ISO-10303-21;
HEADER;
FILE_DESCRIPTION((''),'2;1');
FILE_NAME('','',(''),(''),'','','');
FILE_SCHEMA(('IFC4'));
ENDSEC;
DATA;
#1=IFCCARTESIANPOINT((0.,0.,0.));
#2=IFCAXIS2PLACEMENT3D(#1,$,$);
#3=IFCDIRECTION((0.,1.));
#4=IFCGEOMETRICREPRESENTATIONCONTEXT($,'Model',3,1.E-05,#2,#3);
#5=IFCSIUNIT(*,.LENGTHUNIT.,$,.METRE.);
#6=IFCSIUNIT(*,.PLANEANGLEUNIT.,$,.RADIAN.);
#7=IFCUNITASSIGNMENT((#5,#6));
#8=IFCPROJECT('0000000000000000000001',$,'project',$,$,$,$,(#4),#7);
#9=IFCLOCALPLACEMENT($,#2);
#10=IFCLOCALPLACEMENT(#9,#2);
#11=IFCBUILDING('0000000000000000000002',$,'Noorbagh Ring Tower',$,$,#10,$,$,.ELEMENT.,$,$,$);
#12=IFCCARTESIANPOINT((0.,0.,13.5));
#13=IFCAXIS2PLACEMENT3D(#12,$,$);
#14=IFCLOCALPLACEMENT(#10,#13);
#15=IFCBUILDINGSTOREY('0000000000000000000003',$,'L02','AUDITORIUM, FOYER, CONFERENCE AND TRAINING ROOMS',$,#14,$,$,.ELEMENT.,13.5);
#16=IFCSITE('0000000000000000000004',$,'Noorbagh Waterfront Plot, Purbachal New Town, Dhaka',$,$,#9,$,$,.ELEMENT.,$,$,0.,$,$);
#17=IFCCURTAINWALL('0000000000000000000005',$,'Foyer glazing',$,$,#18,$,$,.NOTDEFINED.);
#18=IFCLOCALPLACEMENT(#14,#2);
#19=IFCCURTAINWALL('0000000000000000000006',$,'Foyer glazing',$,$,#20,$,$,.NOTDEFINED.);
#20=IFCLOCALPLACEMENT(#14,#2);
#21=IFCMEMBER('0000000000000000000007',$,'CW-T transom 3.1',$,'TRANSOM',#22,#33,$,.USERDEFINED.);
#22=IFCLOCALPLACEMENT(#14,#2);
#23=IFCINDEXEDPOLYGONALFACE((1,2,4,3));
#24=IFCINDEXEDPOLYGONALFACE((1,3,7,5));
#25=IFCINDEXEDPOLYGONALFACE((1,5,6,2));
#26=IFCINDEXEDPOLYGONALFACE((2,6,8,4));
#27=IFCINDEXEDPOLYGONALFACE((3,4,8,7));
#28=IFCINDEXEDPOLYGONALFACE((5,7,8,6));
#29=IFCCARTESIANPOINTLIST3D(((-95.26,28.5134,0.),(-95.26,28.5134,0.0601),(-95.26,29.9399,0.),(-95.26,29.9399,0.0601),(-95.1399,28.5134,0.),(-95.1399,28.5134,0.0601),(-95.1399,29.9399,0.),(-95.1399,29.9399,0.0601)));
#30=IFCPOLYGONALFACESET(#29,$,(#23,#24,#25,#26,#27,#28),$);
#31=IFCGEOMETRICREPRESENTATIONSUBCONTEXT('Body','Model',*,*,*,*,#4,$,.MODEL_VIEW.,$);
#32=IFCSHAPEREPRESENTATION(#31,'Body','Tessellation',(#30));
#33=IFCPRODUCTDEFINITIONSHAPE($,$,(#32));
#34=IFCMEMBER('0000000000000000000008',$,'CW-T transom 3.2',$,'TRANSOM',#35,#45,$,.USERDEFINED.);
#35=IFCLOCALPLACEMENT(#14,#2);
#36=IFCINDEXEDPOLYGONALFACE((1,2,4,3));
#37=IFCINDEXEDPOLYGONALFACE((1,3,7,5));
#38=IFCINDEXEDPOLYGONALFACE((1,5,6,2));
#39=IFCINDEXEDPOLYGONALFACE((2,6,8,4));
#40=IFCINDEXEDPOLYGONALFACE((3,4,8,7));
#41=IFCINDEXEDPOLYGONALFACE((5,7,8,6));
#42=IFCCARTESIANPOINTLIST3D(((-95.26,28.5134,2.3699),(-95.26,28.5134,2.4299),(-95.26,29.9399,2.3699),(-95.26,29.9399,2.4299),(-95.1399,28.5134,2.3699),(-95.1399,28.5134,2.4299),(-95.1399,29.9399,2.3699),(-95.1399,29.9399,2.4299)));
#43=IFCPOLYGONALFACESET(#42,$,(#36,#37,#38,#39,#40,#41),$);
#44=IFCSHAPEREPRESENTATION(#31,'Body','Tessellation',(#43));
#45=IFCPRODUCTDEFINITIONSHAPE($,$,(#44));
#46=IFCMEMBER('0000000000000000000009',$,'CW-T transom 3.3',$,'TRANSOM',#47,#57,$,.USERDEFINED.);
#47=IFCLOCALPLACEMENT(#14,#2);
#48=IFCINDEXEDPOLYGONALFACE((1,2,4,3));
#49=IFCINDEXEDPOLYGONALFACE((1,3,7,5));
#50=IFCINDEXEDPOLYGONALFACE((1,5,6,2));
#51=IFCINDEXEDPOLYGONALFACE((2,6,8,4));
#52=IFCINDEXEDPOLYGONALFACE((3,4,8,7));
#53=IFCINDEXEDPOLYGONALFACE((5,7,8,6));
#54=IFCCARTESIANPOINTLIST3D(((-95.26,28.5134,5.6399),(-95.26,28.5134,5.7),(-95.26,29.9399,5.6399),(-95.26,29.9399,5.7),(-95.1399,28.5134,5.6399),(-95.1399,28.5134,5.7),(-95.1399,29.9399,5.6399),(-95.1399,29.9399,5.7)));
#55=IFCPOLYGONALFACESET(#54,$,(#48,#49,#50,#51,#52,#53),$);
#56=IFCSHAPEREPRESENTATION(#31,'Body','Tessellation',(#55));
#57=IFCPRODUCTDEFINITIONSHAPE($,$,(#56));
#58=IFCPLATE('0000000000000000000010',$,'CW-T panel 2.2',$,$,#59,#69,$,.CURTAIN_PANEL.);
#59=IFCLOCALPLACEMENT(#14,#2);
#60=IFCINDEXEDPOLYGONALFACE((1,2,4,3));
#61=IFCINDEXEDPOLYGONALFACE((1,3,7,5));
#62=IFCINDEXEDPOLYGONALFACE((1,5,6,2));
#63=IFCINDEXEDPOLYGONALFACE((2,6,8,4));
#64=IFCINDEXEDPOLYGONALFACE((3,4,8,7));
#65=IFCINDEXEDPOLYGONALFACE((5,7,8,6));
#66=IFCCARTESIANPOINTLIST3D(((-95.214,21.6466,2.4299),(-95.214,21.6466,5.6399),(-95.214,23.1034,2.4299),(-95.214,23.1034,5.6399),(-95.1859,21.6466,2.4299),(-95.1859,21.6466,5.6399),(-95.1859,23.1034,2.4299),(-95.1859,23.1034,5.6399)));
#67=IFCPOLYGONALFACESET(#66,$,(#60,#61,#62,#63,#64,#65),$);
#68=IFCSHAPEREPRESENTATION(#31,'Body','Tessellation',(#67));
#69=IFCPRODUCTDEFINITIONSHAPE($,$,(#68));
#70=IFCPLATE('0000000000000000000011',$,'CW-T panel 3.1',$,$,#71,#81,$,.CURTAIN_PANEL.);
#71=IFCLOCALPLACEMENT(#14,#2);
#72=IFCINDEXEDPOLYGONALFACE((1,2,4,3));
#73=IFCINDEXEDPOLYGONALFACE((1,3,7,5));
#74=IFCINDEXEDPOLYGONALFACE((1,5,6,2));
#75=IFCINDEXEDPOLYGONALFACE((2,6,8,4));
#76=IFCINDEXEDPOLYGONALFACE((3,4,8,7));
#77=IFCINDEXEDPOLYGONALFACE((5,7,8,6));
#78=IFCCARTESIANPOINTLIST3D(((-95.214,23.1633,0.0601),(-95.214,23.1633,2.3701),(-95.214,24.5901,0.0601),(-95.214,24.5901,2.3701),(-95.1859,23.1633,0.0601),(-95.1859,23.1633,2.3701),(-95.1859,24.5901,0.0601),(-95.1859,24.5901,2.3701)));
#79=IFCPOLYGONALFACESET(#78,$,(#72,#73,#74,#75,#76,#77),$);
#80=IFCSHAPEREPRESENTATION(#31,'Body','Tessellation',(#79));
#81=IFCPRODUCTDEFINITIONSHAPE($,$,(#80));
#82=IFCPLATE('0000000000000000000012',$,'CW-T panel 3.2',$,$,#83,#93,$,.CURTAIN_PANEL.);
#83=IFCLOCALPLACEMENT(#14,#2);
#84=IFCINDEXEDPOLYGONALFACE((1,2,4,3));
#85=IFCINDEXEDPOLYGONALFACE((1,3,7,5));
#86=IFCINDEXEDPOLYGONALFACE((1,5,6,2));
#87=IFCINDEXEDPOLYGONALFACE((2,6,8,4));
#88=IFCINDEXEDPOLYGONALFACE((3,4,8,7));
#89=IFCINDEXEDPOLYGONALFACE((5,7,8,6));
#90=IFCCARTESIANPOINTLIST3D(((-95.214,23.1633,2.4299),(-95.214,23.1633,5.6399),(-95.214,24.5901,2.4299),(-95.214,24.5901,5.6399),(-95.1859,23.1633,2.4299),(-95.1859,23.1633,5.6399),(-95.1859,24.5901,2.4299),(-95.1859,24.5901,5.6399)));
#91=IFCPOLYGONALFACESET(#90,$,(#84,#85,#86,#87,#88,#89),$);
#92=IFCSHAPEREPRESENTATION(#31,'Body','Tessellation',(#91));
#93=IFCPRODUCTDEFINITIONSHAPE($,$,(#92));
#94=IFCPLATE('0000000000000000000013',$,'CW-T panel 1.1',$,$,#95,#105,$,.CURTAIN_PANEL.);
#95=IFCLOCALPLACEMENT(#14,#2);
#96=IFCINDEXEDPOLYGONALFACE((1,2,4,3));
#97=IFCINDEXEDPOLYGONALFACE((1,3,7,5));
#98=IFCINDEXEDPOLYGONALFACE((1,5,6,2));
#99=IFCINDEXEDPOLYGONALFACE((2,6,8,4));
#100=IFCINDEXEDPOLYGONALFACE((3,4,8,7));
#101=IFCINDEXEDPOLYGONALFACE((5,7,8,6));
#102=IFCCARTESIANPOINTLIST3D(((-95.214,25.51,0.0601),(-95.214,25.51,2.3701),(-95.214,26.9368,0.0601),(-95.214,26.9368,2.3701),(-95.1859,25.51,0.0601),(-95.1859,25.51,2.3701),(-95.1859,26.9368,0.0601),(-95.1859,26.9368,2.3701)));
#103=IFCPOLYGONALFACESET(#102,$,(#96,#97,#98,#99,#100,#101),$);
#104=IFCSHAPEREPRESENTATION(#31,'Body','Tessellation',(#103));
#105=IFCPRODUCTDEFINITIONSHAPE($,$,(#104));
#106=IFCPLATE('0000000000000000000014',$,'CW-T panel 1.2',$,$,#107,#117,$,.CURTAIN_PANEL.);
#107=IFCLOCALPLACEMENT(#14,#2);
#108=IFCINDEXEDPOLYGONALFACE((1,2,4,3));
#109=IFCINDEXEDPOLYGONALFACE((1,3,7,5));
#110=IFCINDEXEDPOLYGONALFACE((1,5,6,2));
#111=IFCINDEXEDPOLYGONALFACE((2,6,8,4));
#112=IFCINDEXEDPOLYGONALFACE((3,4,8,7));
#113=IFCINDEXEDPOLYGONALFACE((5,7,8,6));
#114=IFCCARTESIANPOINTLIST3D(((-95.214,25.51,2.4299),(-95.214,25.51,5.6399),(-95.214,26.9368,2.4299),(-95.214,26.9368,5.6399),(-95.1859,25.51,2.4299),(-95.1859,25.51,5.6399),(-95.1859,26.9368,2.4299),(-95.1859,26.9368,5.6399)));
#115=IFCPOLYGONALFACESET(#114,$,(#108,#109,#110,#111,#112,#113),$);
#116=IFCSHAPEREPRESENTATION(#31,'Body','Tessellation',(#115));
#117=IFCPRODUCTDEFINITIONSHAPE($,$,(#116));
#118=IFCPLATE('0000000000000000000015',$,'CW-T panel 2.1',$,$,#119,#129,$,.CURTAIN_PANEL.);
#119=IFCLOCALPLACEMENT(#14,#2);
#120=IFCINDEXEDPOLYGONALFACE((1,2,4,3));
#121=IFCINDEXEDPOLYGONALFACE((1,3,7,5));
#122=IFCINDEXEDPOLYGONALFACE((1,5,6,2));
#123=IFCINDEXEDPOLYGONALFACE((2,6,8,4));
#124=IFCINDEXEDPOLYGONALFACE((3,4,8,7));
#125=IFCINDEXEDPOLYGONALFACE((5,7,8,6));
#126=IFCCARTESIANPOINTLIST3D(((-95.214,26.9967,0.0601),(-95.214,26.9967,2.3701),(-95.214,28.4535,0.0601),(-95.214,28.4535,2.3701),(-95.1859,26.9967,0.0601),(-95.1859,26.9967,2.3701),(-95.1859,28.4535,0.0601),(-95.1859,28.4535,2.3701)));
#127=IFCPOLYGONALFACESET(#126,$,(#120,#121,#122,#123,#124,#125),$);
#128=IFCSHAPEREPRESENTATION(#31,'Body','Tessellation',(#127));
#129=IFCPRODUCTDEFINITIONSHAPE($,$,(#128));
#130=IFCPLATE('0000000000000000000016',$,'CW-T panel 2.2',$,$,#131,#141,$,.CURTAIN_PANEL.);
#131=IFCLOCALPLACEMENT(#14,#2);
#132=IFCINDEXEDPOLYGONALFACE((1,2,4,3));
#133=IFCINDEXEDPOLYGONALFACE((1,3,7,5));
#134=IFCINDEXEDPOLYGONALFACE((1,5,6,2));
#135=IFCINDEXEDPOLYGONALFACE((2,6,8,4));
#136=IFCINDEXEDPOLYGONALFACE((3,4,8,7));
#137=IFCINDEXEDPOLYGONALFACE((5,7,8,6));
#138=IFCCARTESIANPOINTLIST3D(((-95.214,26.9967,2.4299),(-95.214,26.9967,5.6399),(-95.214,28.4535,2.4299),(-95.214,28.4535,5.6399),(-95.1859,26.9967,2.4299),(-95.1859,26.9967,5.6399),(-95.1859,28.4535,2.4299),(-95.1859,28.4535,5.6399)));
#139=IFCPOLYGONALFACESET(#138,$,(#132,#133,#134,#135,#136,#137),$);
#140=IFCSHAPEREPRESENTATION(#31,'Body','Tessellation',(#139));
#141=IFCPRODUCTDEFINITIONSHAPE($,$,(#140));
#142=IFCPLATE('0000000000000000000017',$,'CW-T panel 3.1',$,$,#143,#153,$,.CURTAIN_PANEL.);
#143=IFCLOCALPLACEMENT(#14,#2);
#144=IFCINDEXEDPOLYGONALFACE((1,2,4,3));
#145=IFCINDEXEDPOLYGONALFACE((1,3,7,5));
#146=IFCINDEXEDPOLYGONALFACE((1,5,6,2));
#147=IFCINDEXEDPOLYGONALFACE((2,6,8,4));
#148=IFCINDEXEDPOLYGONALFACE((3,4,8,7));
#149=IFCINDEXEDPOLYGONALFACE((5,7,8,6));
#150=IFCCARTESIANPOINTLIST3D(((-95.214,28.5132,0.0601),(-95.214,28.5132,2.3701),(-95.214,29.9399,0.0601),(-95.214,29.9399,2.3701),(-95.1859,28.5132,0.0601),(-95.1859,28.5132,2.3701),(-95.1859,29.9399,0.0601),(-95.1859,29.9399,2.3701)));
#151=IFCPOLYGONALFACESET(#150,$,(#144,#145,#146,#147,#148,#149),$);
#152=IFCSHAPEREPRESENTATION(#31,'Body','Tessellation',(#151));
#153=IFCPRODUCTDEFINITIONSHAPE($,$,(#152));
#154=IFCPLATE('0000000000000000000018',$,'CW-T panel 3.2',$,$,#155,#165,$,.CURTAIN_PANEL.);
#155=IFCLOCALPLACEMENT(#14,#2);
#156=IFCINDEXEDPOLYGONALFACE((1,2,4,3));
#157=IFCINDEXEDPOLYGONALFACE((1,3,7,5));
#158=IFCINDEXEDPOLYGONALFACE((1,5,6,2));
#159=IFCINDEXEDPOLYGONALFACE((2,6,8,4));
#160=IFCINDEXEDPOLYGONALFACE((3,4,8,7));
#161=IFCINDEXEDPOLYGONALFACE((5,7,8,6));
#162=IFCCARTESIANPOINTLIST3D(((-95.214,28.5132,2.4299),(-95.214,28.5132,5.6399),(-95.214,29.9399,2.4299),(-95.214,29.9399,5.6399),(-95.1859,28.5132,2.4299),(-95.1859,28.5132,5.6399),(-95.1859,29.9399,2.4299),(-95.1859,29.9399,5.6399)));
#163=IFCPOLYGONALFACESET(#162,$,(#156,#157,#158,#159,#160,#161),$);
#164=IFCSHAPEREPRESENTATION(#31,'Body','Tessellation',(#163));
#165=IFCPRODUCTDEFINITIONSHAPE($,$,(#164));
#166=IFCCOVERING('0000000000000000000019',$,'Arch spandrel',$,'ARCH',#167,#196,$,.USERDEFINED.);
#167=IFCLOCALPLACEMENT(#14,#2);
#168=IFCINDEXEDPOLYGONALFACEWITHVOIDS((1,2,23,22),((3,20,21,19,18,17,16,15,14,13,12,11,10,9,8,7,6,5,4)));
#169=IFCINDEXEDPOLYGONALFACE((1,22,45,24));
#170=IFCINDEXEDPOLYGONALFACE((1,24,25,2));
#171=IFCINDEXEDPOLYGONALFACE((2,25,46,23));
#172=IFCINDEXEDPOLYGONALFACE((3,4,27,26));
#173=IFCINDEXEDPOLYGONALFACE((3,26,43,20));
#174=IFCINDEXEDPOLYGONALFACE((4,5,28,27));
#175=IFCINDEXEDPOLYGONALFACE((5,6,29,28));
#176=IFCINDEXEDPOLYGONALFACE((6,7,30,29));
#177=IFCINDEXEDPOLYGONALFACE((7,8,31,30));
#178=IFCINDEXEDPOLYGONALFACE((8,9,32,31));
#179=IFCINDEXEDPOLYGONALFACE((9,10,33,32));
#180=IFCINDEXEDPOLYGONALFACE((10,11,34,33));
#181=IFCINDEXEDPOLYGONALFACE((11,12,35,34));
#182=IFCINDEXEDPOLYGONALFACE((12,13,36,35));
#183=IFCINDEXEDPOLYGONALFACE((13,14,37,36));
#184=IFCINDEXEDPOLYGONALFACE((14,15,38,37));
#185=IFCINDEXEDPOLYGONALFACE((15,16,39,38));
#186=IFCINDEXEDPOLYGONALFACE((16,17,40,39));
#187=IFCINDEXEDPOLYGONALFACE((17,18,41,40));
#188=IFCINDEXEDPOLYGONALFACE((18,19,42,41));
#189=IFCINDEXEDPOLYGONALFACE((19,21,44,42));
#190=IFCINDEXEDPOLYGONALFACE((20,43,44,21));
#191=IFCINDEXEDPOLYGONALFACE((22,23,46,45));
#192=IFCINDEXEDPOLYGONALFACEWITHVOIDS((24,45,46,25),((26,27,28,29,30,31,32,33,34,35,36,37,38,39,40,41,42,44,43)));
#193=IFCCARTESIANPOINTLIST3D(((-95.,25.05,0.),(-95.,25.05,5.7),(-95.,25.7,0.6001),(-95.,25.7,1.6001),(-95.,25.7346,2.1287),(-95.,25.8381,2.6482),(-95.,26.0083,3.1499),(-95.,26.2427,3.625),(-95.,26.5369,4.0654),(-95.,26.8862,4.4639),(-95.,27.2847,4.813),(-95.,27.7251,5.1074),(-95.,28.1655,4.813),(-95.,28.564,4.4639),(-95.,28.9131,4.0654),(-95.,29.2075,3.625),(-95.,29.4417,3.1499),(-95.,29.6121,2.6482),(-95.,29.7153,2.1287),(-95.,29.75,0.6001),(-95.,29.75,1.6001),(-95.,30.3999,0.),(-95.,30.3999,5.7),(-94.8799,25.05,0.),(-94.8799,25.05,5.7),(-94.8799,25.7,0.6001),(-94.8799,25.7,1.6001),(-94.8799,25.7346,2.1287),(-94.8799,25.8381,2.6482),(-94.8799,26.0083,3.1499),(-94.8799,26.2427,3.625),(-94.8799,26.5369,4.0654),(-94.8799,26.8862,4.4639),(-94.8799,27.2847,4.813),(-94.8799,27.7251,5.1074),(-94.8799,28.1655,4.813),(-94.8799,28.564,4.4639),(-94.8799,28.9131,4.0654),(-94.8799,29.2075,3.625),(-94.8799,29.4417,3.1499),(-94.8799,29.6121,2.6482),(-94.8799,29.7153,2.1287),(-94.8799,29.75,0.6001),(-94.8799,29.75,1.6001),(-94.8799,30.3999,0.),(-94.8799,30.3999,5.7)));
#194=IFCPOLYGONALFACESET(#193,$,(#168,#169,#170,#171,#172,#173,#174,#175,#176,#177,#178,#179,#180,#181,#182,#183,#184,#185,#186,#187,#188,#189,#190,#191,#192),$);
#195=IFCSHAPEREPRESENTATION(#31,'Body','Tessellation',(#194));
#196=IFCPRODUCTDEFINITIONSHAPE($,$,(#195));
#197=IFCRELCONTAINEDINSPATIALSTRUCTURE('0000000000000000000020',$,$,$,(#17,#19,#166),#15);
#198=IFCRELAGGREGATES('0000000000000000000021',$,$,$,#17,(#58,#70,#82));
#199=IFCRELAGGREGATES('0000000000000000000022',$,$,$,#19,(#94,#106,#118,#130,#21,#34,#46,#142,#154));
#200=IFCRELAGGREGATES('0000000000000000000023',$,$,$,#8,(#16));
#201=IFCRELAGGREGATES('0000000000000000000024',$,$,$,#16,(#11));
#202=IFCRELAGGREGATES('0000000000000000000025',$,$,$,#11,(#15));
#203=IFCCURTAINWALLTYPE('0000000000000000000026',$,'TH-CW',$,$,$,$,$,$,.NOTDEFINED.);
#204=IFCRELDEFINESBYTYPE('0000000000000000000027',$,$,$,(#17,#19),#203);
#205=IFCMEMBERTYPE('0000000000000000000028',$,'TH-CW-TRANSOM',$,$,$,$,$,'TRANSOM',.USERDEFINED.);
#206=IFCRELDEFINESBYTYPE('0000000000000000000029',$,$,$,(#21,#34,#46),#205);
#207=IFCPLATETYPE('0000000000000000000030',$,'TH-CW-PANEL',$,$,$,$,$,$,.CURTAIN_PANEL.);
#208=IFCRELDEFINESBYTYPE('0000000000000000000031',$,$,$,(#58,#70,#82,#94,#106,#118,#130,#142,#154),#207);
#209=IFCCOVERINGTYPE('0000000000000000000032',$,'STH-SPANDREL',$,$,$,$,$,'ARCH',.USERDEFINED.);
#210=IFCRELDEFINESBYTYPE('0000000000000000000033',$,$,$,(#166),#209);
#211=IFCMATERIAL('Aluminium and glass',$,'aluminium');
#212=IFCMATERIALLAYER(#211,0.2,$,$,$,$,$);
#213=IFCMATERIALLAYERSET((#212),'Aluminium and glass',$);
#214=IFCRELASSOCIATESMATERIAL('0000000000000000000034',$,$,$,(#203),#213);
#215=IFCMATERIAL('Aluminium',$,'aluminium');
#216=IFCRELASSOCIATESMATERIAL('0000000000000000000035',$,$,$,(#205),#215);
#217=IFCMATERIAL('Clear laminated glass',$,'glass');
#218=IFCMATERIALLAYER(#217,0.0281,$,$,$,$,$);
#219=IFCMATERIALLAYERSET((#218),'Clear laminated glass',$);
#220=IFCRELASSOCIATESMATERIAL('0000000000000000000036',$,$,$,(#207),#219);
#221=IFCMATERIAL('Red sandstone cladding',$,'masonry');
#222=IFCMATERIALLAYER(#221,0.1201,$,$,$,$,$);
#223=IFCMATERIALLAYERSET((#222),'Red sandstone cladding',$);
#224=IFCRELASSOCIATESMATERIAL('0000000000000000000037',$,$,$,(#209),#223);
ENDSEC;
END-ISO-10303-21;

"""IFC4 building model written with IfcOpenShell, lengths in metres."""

from ifc_helpers import new_model, si_unit, direction, frame, origin, origin_2d, place, context, subcontext, project, spatial, polyline, rectangle, outline, extrude, material, layer, layer_set, material_profile, profile_set, type_object, element, aggregate, save


model = new_model("IFC4")

# Units and contexts
model_context = context("Model", 3, precision=1e-05, world=origin(), true_north=direction((0.0, 1.0)))
body_context = subcontext(model_context, "Body", "Model", "MODEL_VIEW")
ifc_project = project(units=[si_unit("LENGTHUNIT", "METRE"), si_unit("PLANEANGLEUNIT", "RADIAN")], contexts=[model_context])

# Site, building, storey
site_placement = place(None, origin())
site = spatial("IfcSite", under=ifc_project, at=site_placement, Name="Noorbagh Waterfront Plot, Purbachal New Town, Dhaka", CompositionType="ELEMENT", RefElevation=0.0)
building_placement = place(site_placement, origin())
building = spatial("IfcBuilding", under=site, at=building_placement, Name="Noorbagh Ring Tower", CompositionType="ELEMENT")
storey_placement = place(building_placement, frame((0.0, 0.0, 13.5)))
storey = spatial("IfcBuildingStorey", under=building, at=storey_placement, Name="L02", Description="AUDITORIUM, FOYER, CONFERENCE AND TRAINING ROOMS", CompositionType="ELEMENT", Elevation=13.5)

# Curtain walls
ifc_material_1 = material(Name="Aluminium and glass", Category="aluminium")
ifc_layer_1 = layer(ifc_material_1, 0.2)
ifc_layer_set_1 = layer_set([ifc_layer_1], Name="Aluminium and glass")
curtain_wall_type = type_object("IfcCurtainWallType", Name="TH-CW", PredefinedType="NOTDEFINED", material=ifc_layer_set_1)
curtain_wall_1_placement = place(storey_placement, origin())
curtain_wall_1 = element("IfcCurtainWall", 1, at=curtain_wall_1_placement, inside=storey, type_object=curtain_wall_type, Name="Foyer glazing", PredefinedType="NOTDEFINED")
curtain_wall_2_placement = place(storey_placement, origin())
curtain_wall_2 = element("IfcCurtainWall", 2, at=curtain_wall_2_placement, inside=storey, type_object=curtain_wall_type, Name="Foyer glazing", PredefinedType="NOTDEFINED")

# Members
ifc_material_2 = material(Name="Aluminium", Category="aluminium")
ifc_material_profile_1 = material_profile(ifc_material_2, rectangle(XDim=0.1201, YDim=0.0601, at=origin_2d()), Name="AL 120x60")
ifc_profile_set_1 = profile_set([ifc_material_profile_1], Name="Aluminium")
member_type_1 = type_object("IfcMemberType", Name="TH-CW-TRANSOM", ElementType="TRANSOM", PredefinedType="USERDEFINED", material=ifc_profile_set_1)
member_1_placement = place(storey_placement, frame((-95.2, 28.5134, 0.03), z_axis=(0.0, 1.0, 0.0), x_axis=(-1.0, 0.0, 0.0)))
member_1 = element("IfcMember", 3, at=member_1_placement, type_object=member_type_1, Name="CW-T transom 3.1", ObjectType="TRANSOM", PredefinedType="USERDEFINED", context=body_context, shape_type="SweptSolid", body=[
    extrude(rectangle(XDim=0.1201, YDim=0.0601, at=origin_2d()), origin(), (0.0, 0.0, 1.0), 1.4265),
])
member_2_placement = place(storey_placement, frame((-95.2, 28.5134, 2.3999), z_axis=(0.0, 1.0, 0.0), x_axis=(-1.0, 0.0, 0.0)))
member_2 = element("IfcMember", 4, at=member_2_placement, type_object=member_type_1, Name="CW-T transom 3.2", ObjectType="TRANSOM", PredefinedType="USERDEFINED", context=body_context, shape_type="SweptSolid", body=[
    extrude(rectangle(XDim=0.1201, YDim=0.0601, at=origin_2d()), origin(), (0.0, 0.0, 1.0), 1.4265),
])
member_3_placement = place(storey_placement, frame((-95.2, 28.5134, 5.6699), z_axis=(0.0, 1.0, 0.0), x_axis=(-1.0, 0.0, 0.0)))
member_3 = element("IfcMember", 5, at=member_3_placement, type_object=member_type_1, Name="CW-T transom 3.3", ObjectType="TRANSOM", PredefinedType="USERDEFINED", context=body_context, shape_type="SweptSolid", body=[
    extrude(rectangle(XDim=0.1201, YDim=0.0601, at=origin_2d()), origin(), (0.0, 0.0, 1.0), 1.4265),
])

# Plates
ifc_material_3 = material(Name="Clear laminated glass", Category="glass")
ifc_layer_2 = layer(ifc_material_3, 0.0281)
ifc_layer_set_2 = layer_set([ifc_layer_2], Name="Clear laminated glass")
plate_type = type_object("IfcPlateType", Name="TH-CW-PANEL", PredefinedType="CURTAIN_PANEL", material=ifc_layer_set_2)
plate_1_placement = place(storey_placement, frame((-95.2, 22.375, 2.4299), z_axis=(0.0, 0.0, 1.0), x_axis=(0.0, 1.0, 0.0)))
plate_1 = element("IfcPlate", 6, at=plate_1_placement, type_object=plate_type, Name="CW-T panel 2.2", PredefinedType="CURTAIN_PANEL", context=body_context, shape_type="SweptSolid", body=[
    extrude(rectangle(XDim=1.4568, YDim=0.0281, at=origin_2d()), origin(), (0.0, 0.0, 1.0), 3.21),
])
plate_2_placement = place(storey_placement, frame((-95.2, 23.8767, 0.0601), z_axis=(0.0, 0.0, 1.0), x_axis=(0.0, 1.0, 0.0)))
plate_2 = element("IfcPlate", 7, at=plate_2_placement, type_object=plate_type, Name="CW-T panel 3.1", PredefinedType="CURTAIN_PANEL", context=body_context, shape_type="SweptSolid", body=[
    extrude(rectangle(XDim=1.4268, YDim=0.0281, at=origin_2d()), origin(), (0.0, 0.0, 1.0), 2.3101),
])
plate_3_placement = place(storey_placement, frame((-95.2, 23.8767, 2.4299), z_axis=(0.0, 0.0, 1.0), x_axis=(0.0, 1.0, 0.0)))
plate_3 = element("IfcPlate", 8, at=plate_3_placement, type_object=plate_type, Name="CW-T panel 3.2", PredefinedType="CURTAIN_PANEL", context=body_context, shape_type="SweptSolid", body=[
    extrude(rectangle(XDim=1.4268, YDim=0.0281, at=origin_2d()), origin(), (0.0, 0.0, 1.0), 3.21),
])
aggregate(curtain_wall_1, [plate_1, plate_2, plate_3])
plate_4_placement = place(storey_placement, frame((-95.2, 26.2234, 0.0601), z_axis=(0.0, 0.0, 1.0), x_axis=(0.0, 1.0, 0.0)))
plate_4 = element("IfcPlate", 9, at=plate_4_placement, type_object=plate_type, Name="CW-T panel 1.1", PredefinedType="CURTAIN_PANEL", context=body_context, shape_type="SweptSolid", body=[
    extrude(rectangle(XDim=1.4268, YDim=0.0281, at=origin_2d()), origin(), (0.0, 0.0, 1.0), 2.3101),
])
plate_5_placement = place(storey_placement, frame((-95.2, 26.2234, 2.4299), z_axis=(0.0, 0.0, 1.0), x_axis=(0.0, 1.0, 0.0)))
plate_5 = element("IfcPlate", 10, at=plate_5_placement, type_object=plate_type, Name="CW-T panel 1.2", PredefinedType="CURTAIN_PANEL", context=body_context, shape_type="SweptSolid", body=[
    extrude(rectangle(XDim=1.4268, YDim=0.0281, at=origin_2d()), origin(), (0.0, 0.0, 1.0), 3.21),
])
plate_6_placement = place(storey_placement, frame((-95.2, 27.7251, 0.0601), z_axis=(0.0, 0.0, 1.0), x_axis=(0.0, 1.0, 0.0)))
plate_6 = element("IfcPlate", 11, at=plate_6_placement, type_object=plate_type, Name="CW-T panel 2.1", PredefinedType="CURTAIN_PANEL", context=body_context, shape_type="SweptSolid", body=[
    extrude(rectangle(XDim=1.4568, YDim=0.0281, at=origin_2d()), origin(), (0.0, 0.0, 1.0), 2.3101),
])
plate_7_placement = place(storey_placement, frame((-95.2, 27.7251, 2.4299), z_axis=(0.0, 0.0, 1.0), x_axis=(0.0, 1.0, 0.0)))
plate_7 = element("IfcPlate", 12, at=plate_7_placement, type_object=plate_type, Name="CW-T panel 2.2", PredefinedType="CURTAIN_PANEL", context=body_context, shape_type="SweptSolid", body=[
    extrude(rectangle(XDim=1.4568, YDim=0.0281, at=origin_2d()), origin(), (0.0, 0.0, 1.0), 3.21),
])
plate_8_placement = place(storey_placement, frame((-95.2, 29.2266, 0.0601), z_axis=(0.0, 0.0, 1.0), x_axis=(0.0, 1.0, 0.0)))
plate_8 = element("IfcPlate", 13, at=plate_8_placement, type_object=plate_type, Name="CW-T panel 3.1", PredefinedType="CURTAIN_PANEL", context=body_context, shape_type="SweptSolid", body=[
    extrude(rectangle(XDim=1.4268, YDim=0.0281, at=origin_2d()), origin(), (0.0, 0.0, 1.0), 2.3101),
])
plate_9_placement = place(storey_placement, frame((-95.2, 29.2266, 2.4299), z_axis=(0.0, 0.0, 1.0), x_axis=(0.0, 1.0, 0.0)))
plate_9 = element("IfcPlate", 14, at=plate_9_placement, type_object=plate_type, Name="CW-T panel 3.2", PredefinedType="CURTAIN_PANEL", context=body_context, shape_type="SweptSolid", body=[
    extrude(rectangle(XDim=1.4268, YDim=0.0281, at=origin_2d()), origin(), (0.0, 0.0, 1.0), 3.21),
])
aggregate(curtain_wall_2, [plate_4, plate_5, plate_6, plate_7, member_1, member_2, member_3, plate_8, plate_9])

# Covering
ifc_material_4 = material(Name="Red sandstone cladding", Category="masonry")
ifc_layer_3 = layer(ifc_material_4, 0.1201)
ifc_layer_set_3 = layer_set([ifc_layer_3], Name="Red sandstone cladding")
covering_type_1 = type_object("IfcCoveringType", Name="STH-SPANDREL", ElementType="ARCH", PredefinedType="USERDEFINED", material=ifc_layer_set_3)
covering_1_placement = place(storey_placement, frame((-94.8799, 25.05, 0.0), z_axis=(1.0, 0.0, 0.0), x_axis=(0.0, 1.0, 0.0)))
element("IfcCovering", 15, at=covering_1_placement, inside=storey, type_object=covering_type_1, Name="Arch spandrel", ObjectType="ARCH", PredefinedType="USERDEFINED", context=body_context, shape_type="SweptSolid", body=[
    extrude(outline(polyline([(0.0, 0.0), (5.3499, 0.0), (5.3499, 5.7), (0.0, 5.7), (0.0, 0.0)]), holes=[polyline([(0.6499, 0.6001), (0.6499, 1.6001), (0.6846, 2.1287), (0.7881, 2.6482), (0.9583, 3.1499), (1.1926, 3.625), (1.4868, 4.0654), (1.8362, 4.4639), (2.2346, 4.813), (2.675, 5.1074), (3.1155, 4.813), (3.5139, 4.4639), (3.863, 4.0654), (4.1575, 3.625), (4.3916, 3.1499), (4.562, 2.6482), (4.6653, 2.1287), (4.7, 1.6001), (4.7, 0.6001), (0.6499, 0.6001)])]), origin(), (0.0, 0.0, -1.0), 0.1201),
])

save(model, "model.ifc")
